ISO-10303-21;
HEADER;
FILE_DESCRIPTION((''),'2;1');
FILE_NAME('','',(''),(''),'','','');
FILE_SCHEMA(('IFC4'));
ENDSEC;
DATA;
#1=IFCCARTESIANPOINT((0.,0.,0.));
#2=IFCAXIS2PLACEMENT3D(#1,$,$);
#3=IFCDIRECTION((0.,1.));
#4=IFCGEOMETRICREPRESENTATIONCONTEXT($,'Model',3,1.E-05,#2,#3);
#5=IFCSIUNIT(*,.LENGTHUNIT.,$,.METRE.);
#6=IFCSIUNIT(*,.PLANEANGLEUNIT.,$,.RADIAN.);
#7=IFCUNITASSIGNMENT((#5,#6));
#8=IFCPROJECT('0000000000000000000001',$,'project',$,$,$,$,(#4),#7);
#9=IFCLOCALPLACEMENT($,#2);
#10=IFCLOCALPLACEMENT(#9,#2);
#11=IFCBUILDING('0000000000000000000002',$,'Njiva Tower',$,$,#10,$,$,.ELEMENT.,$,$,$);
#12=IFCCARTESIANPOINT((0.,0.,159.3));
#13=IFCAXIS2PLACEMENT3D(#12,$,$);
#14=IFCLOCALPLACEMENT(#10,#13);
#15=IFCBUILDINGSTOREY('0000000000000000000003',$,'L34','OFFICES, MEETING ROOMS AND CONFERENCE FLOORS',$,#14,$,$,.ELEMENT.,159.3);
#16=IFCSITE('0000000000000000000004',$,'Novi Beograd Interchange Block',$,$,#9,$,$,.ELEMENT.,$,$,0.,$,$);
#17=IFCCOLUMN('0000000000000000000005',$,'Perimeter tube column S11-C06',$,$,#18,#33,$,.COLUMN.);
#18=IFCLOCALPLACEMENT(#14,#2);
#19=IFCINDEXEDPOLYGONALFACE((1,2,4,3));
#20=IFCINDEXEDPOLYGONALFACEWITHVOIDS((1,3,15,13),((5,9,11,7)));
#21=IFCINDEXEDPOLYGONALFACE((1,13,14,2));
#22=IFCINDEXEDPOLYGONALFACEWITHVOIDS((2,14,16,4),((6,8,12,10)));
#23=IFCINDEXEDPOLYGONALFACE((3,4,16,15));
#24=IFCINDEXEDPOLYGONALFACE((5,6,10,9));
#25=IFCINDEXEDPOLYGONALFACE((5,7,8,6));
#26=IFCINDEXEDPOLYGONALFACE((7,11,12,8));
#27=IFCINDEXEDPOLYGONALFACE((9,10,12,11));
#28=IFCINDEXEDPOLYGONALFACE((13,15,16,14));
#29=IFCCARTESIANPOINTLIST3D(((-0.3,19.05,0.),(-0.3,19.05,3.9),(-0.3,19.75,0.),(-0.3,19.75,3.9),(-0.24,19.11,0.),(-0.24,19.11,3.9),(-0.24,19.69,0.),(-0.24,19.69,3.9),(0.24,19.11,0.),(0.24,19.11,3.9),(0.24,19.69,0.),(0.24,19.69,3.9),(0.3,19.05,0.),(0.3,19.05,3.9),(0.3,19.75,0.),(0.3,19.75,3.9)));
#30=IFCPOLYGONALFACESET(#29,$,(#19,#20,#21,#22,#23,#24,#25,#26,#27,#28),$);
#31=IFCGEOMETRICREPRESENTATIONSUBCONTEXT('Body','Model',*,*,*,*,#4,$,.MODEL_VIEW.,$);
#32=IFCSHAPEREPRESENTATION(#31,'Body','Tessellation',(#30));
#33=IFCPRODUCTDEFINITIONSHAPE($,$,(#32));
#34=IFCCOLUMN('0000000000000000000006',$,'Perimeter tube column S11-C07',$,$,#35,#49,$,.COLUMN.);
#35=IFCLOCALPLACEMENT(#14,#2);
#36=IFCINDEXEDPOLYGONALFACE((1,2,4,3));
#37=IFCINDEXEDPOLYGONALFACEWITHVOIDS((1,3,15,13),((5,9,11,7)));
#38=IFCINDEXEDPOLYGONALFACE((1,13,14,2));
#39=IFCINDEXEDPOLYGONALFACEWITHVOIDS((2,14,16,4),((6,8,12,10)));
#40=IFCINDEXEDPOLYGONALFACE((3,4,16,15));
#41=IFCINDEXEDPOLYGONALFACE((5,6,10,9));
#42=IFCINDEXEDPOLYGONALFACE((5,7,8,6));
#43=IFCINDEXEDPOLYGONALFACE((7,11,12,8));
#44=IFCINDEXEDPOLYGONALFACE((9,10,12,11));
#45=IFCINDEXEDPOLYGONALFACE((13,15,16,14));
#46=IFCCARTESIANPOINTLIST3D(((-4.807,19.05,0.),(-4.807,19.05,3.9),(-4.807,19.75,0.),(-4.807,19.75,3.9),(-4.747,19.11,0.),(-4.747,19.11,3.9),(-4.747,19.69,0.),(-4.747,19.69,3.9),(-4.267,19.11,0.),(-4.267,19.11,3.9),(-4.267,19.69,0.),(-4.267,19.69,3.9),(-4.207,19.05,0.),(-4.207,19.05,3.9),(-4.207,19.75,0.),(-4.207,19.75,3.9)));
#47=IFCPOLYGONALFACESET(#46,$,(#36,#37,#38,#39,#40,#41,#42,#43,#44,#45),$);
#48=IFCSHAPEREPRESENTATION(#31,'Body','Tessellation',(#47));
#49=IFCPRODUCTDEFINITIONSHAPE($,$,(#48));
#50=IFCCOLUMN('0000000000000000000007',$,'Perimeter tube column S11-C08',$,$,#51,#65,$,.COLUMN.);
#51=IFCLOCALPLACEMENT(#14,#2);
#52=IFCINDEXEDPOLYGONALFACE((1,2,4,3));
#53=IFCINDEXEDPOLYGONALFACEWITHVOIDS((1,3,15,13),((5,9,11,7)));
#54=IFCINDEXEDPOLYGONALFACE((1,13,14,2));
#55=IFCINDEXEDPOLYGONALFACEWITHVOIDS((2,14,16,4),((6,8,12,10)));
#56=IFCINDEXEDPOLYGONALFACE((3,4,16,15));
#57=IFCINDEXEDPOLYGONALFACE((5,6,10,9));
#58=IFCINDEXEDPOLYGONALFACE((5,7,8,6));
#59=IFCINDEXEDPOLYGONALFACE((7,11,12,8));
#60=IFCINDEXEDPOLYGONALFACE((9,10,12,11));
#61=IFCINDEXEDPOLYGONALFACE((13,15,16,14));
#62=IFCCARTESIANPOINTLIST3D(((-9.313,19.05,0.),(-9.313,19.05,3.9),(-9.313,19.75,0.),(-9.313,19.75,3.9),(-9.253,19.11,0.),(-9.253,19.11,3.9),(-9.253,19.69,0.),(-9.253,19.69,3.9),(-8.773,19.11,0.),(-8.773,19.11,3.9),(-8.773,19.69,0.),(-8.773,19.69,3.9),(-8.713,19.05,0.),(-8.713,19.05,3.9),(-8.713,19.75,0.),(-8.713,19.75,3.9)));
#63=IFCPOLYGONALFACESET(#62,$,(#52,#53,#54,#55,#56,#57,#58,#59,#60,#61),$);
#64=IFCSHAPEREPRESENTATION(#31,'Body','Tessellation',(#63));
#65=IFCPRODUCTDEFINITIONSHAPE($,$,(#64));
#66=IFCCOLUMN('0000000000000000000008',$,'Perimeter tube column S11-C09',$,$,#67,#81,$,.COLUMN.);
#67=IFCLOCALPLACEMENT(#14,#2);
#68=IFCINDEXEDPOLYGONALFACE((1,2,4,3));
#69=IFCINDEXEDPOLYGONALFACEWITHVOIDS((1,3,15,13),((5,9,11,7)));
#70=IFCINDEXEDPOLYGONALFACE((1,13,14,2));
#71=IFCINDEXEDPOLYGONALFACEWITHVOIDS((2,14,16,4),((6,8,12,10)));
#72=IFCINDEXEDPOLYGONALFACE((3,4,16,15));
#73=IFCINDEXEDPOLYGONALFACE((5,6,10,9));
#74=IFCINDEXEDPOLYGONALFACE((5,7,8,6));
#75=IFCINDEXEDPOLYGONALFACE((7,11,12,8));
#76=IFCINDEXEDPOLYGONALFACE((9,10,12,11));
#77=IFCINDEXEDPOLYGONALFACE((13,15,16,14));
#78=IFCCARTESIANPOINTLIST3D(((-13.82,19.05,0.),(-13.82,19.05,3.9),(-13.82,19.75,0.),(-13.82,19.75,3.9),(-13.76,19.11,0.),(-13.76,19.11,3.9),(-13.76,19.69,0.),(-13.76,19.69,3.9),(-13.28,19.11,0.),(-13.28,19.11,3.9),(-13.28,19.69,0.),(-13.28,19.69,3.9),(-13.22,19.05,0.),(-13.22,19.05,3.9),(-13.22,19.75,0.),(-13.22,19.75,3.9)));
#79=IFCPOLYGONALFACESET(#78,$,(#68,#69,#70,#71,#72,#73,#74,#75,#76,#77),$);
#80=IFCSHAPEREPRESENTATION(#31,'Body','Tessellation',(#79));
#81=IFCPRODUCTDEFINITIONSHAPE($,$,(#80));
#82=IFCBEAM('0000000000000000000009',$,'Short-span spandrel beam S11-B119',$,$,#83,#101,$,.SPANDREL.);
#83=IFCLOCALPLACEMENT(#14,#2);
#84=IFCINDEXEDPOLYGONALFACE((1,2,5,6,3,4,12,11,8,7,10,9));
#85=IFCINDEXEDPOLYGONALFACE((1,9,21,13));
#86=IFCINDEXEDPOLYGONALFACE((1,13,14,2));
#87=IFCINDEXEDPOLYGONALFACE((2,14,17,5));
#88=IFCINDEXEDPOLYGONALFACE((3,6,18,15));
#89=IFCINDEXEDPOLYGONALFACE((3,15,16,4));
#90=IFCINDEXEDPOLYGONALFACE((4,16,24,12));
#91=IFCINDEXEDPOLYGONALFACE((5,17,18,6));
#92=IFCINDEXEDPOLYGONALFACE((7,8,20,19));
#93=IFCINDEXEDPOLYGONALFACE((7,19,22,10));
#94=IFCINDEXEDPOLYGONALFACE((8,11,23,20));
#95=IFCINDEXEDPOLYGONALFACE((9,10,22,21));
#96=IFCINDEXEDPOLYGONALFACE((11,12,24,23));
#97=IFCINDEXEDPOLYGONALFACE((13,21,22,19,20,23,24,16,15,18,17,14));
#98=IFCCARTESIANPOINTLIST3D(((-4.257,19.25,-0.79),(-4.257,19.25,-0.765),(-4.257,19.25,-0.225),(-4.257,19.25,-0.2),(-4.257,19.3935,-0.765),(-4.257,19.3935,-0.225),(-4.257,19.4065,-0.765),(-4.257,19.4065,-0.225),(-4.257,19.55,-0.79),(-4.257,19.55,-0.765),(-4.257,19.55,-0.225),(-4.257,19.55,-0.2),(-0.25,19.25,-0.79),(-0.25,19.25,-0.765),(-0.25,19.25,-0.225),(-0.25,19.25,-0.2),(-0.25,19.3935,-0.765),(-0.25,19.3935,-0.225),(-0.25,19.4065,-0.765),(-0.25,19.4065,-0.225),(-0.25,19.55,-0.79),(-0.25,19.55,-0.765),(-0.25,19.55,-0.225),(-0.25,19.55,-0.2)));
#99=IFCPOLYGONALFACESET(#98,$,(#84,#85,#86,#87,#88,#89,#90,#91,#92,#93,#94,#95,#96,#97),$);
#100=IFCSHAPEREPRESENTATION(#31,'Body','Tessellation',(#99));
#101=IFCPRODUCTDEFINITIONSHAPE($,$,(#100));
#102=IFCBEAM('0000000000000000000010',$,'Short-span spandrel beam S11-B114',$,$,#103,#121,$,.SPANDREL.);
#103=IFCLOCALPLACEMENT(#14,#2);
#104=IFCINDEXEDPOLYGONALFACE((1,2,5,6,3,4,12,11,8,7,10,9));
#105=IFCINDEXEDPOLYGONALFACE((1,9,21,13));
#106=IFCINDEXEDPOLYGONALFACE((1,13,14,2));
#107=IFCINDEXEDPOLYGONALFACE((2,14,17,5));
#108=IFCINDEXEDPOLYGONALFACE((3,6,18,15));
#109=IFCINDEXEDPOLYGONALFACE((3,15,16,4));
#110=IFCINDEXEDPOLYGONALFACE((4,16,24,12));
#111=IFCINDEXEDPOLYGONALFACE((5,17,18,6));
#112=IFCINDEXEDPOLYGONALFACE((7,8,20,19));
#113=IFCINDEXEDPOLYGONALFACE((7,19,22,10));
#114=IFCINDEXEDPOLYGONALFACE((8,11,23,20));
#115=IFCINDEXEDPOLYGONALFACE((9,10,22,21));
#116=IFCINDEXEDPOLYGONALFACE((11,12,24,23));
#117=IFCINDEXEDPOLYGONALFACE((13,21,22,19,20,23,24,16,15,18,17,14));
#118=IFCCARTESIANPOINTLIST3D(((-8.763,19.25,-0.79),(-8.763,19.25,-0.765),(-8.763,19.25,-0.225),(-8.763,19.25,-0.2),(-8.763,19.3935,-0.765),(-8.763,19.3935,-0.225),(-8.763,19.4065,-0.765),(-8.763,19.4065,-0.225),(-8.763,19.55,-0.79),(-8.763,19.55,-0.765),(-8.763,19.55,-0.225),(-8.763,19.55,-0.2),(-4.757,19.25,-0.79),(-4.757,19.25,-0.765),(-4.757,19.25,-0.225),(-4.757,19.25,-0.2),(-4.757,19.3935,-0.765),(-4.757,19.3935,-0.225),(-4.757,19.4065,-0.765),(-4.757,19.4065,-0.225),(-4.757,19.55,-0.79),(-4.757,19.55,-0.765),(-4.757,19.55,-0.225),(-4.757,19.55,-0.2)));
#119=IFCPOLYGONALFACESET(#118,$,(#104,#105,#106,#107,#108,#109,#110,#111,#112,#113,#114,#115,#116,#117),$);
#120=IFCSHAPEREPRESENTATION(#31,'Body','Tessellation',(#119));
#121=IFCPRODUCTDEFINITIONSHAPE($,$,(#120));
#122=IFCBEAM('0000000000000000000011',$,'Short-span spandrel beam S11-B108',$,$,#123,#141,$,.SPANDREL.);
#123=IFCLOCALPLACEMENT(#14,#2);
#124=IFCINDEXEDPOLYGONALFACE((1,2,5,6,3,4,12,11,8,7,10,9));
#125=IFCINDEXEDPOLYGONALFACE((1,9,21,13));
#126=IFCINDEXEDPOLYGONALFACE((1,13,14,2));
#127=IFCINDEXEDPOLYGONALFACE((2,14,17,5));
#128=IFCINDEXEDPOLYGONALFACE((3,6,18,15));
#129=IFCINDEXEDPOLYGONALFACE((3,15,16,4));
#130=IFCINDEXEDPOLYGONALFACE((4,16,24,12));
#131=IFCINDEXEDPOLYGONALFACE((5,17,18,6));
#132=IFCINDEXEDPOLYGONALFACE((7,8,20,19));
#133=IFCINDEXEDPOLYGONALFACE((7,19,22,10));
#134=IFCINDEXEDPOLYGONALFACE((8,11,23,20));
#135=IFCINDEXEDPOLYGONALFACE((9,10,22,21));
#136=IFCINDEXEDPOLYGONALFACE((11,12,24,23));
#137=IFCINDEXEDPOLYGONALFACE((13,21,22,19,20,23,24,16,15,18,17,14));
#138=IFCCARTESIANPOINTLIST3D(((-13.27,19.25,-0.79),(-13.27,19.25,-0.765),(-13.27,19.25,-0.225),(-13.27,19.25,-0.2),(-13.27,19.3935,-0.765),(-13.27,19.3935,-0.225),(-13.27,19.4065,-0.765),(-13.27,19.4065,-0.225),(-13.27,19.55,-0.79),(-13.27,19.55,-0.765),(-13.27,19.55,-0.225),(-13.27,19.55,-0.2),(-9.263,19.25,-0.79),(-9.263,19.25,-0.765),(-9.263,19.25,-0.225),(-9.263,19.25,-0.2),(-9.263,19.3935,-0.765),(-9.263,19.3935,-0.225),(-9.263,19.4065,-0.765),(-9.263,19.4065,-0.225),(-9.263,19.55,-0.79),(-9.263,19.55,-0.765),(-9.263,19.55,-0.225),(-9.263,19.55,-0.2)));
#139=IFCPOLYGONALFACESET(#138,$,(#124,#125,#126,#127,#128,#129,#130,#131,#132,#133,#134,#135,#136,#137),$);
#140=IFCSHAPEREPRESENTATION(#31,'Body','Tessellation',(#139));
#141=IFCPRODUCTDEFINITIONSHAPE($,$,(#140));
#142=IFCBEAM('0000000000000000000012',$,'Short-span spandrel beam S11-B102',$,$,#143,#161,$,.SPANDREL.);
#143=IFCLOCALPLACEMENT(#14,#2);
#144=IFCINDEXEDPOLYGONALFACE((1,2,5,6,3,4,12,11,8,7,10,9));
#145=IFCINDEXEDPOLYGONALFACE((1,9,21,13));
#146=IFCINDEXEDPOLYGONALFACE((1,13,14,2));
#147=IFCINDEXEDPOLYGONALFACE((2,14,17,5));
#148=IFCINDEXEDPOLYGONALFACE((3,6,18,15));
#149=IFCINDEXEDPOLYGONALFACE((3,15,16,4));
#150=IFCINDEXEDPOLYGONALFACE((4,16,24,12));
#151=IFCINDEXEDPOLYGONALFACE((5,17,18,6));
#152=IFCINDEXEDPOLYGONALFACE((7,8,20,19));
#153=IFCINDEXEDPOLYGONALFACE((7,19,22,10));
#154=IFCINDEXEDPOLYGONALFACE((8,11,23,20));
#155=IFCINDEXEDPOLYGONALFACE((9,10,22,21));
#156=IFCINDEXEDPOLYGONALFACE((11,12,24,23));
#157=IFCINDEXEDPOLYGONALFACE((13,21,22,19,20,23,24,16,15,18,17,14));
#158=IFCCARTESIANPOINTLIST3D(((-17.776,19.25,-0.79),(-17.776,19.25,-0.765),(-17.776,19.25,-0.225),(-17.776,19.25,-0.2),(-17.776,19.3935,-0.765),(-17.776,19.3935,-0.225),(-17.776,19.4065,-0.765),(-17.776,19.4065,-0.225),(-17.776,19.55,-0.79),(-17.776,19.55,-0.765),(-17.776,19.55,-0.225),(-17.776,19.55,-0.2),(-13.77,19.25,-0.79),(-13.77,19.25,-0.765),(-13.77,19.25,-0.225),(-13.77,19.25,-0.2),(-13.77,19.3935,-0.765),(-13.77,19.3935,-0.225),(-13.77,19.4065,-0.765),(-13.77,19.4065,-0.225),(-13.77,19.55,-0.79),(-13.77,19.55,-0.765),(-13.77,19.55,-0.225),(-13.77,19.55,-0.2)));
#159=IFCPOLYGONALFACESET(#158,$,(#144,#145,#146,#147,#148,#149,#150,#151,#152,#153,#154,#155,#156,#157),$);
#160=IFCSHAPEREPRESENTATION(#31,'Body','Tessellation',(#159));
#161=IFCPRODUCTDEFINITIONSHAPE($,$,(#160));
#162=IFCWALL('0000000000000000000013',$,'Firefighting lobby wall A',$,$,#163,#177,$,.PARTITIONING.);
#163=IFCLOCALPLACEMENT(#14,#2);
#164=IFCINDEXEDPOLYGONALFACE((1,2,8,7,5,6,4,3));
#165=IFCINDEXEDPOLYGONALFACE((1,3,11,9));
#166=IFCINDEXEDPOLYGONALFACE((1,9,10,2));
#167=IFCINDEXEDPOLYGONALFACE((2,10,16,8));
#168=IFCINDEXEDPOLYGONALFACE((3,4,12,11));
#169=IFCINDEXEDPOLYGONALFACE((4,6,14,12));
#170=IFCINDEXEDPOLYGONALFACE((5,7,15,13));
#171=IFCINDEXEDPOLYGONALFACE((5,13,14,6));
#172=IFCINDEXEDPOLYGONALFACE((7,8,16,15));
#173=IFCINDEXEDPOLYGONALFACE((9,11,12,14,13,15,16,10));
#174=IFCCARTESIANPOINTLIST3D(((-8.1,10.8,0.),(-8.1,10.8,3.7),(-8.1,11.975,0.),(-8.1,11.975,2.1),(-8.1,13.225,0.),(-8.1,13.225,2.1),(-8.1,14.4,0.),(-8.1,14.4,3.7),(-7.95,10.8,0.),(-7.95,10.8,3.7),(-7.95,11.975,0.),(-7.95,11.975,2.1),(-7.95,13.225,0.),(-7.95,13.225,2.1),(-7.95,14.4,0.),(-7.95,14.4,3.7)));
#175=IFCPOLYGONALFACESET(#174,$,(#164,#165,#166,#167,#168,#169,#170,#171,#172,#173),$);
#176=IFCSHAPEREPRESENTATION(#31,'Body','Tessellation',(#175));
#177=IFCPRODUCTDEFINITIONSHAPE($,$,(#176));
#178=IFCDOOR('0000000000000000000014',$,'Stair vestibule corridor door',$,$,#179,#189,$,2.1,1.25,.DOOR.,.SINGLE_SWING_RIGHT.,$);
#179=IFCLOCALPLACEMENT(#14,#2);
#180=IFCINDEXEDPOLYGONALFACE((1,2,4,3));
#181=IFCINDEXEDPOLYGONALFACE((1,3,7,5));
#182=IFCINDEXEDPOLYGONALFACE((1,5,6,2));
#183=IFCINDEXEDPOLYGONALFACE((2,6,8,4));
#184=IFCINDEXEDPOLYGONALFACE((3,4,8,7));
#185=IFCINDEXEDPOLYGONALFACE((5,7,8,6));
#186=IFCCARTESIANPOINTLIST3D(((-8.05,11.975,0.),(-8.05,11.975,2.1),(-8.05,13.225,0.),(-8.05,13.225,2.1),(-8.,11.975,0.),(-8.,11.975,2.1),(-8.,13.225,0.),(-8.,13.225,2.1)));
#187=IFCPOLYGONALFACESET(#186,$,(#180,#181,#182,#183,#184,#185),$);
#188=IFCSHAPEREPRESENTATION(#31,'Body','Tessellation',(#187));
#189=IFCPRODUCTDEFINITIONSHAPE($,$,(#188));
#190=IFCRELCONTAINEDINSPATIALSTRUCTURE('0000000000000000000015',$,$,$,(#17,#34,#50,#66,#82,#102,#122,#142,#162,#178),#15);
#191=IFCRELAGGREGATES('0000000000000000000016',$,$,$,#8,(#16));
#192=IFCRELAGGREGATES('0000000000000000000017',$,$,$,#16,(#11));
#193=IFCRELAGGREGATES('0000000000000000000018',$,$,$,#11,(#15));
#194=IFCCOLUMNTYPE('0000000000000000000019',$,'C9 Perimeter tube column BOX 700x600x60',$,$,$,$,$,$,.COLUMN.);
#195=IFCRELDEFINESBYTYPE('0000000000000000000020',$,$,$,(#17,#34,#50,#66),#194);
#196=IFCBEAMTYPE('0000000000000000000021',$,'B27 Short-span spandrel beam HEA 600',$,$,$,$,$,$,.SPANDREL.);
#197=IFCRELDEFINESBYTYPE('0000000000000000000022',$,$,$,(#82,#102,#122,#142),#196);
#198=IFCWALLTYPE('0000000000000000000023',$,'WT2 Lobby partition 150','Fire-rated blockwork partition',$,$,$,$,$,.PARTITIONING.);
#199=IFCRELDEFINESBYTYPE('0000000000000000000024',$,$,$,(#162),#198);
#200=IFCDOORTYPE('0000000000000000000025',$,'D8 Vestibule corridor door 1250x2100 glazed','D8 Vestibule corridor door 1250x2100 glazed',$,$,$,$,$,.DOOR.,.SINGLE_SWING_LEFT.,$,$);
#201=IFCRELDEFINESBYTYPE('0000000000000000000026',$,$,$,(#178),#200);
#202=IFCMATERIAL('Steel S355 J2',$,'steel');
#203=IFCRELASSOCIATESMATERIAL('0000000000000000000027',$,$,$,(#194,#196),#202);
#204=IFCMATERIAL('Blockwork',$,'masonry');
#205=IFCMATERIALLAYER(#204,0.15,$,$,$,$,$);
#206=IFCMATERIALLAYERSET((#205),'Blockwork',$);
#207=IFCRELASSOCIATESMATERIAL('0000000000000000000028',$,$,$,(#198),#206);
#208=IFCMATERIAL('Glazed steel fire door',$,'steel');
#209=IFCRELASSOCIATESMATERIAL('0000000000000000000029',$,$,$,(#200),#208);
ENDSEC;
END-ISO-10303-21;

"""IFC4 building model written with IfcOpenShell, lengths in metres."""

from ifc_helpers import new_model, si_unit, direction, frame, frame_2d, origin, origin_2d, place, context, subcontext, project, spatial, rectangle, hollow_rectangle, i_section, extrude, material, layer, layer_set, material_profile, profile_set, type_object, element, fill, save


model = new_model("IFC4")

# Units and contexts
model_context = context("Model", 3, precision=1e-05, world=origin(), true_north=direction((0.0, 1.0)))
body_context = subcontext(model_context, "Body", "Model", "MODEL_VIEW")
ifc_project = project(units=[si_unit("LENGTHUNIT", "METRE"), si_unit("PLANEANGLEUNIT", "RADIAN")], contexts=[model_context])

# Site, building, storey
site_placement = place(None, origin())
site = spatial("IfcSite", under=ifc_project, at=site_placement, Name="Novi Beograd Interchange Block", CompositionType="ELEMENT", RefElevation=0.0)
building_placement = place(site_placement, origin())
building = spatial("IfcBuilding", under=site, at=building_placement, Name="Njiva Tower", CompositionType="ELEMENT")
storey_placement = place(building_placement, frame((0.0, 0.0, 159.3)))
storey = spatial("IfcBuildingStorey", under=building, at=storey_placement, Name="L34", Description="OFFICES, MEETING ROOMS AND CONFERENCE FLOORS", CompositionType="ELEMENT", Elevation=159.3)

# Columns
ifc_material_1 = material(Name="Steel S355 J2", Category="steel")
ifc_material_profile_1 = material_profile(ifc_material_1, hollow_rectangle(XDim=0.6, YDim=0.7, WallThickness=0.06, at=origin_2d()), Name="BOX 700x600x60")
ifc_profile_set_1 = profile_set([ifc_material_profile_1], Name="Steel S355 J2")
column_type = type_object("IfcColumnType", Name="C9 Perimeter tube column BOX 700x600x60", PredefinedType="COLUMN", material=ifc_profile_set_1)
for number, where, z_axis, x_axis, name in (
    (1, (0.0, 19.4, 0.0), (0.0, 0.0, 1.0), (-1.0, 0.0, 0.0), "Perimeter tube column S11-C06"),
    (2, (-4.507, 19.4, 0.0), (0.0, 0.0, 1.0), (-1.0, 0.0, 0.0), "Perimeter tube column S11-C07"),
    (3, (-9.013, 19.4, 0.0), (0.0, 0.0, 1.0), (-1.0, 0.0, 0.0), "Perimeter tube column S11-C08"),
    (4, (-13.52, 19.4, 0.0), (0.0, 0.0, 1.0), (-1.0, 0.0, 0.0), "Perimeter tube column S11-C09"),
):
    element("IfcColumn", number, at=place(storey_placement, frame(where, z_axis=z_axis, x_axis=x_axis)), inside=storey, type_object=column_type, Name=name, PredefinedType="COLUMN", context=body_context, shape_type="SweptSolid", body=[
        extrude(hollow_rectangle(XDim=0.6, YDim=0.7, WallThickness=0.06, at=origin_2d()), origin(), (0.0, 0.0, 1.0), 3.9),
    ])

# Beams
ifc_material_profile_2 = material_profile(ifc_material_1, i_section(OverallWidth=0.3, OverallDepth=0.59, WebThickness=0.013, FlangeThickness=0.025, at=origin_2d()), Name="HEA 600")
ifc_profile_set_2 = profile_set([ifc_material_profile_2], Name="Steel S355 J2")
beam_type = type_object("IfcBeamType", Name="B27 Short-span spandrel beam HEA 600", PredefinedType="SPANDREL", material=ifc_profile_set_2)
beam_1_placement = place(storey_placement, frame((-0.25, 19.4, -0.495), z_axis=(-1.0, 0.0, 0.0), x_axis=(0.0, -1.0, 0.0)))
element("IfcBeam", 5, at=beam_1_placement, inside=storey, type_object=beam_type, Name="Short-span spandrel beam S11-B119", PredefinedType="SPANDREL", context=body_context, shape_type="SweptSolid", body=[
    extrude(i_section(OverallWidth=0.3, OverallDepth=0.59, WebThickness=0.013, FlangeThickness=0.025, at=origin_2d()), origin(), (0.0, 0.0, 1.0), 4.007),
])
beam_2_placement = place(storey_placement, frame((-4.757, 19.4, -0.495), z_axis=(-1.0, 0.0, 0.0), x_axis=(0.0, -1.0, 0.0)))
element("IfcBeam", 6, at=beam_2_placement, inside=storey, type_object=beam_type, Name="Short-span spandrel beam S11-B114", PredefinedType="SPANDREL", context=body_context, shape_type="SweptSolid", body=[
    extrude(i_section(OverallWidth=0.3, OverallDepth=0.59, WebThickness=0.013, FlangeThickness=0.025, at=origin_2d()), origin(), (0.0, 0.0, 1.0), 4.006),
])
beam_3_placement = place(storey_placement, frame((-9.263, 19.4, -0.495), z_axis=(-1.0, 0.0, 0.0), x_axis=(0.0, -1.0, 0.0)))
element("IfcBeam", 7, at=beam_3_placement, inside=storey, type_object=beam_type, Name="Short-span spandrel beam S11-B108", PredefinedType="SPANDREL", context=body_context, shape_type="SweptSolid", body=[
    extrude(i_section(OverallWidth=0.3, OverallDepth=0.59, WebThickness=0.013, FlangeThickness=0.025, at=origin_2d()), origin(), (0.0, 0.0, 1.0), 4.007),
])
beam_4_placement = place(storey_placement, frame((-13.77, 19.4, -0.495), z_axis=(-1.0, 0.0, 0.0), x_axis=(0.0, -1.0, 0.0)))
element("IfcBeam", 8, at=beam_4_placement, inside=storey, type_object=beam_type, Name="Short-span spandrel beam S11-B102", PredefinedType="SPANDREL", context=body_context, shape_type="SweptSolid", body=[
    extrude(i_section(OverallWidth=0.3, OverallDepth=0.59, WebThickness=0.013, FlangeThickness=0.025, at=origin_2d()), origin(), (0.0, 0.0, 1.0), 4.006),
])

# Wall, opening, door
ifc_material_2 = material(Name="Blockwork", Category="masonry")
ifc_layer_1 = layer(ifc_material_2, 0.15)
ifc_layer_set_1 = layer_set([ifc_layer_1], Name="Blockwork")
wall_type_1 = type_object("IfcWallType", Name="WT2 Lobby partition 150", Description="Fire-rated blockwork partition", PredefinedType="PARTITIONING", material=ifc_layer_set_1)
wall_1_placement = place(storey_placement, frame((-8.025, 10.8, 0.0), z_axis=(0.0, 0.0, 1.0), x_axis=(0.0, 1.0, 0.0)))
wall_1 = element("IfcWall", 9, at=wall_1_placement, inside=storey, type_object=wall_type_1, Name="Firefighting lobby wall A", PredefinedType="PARTITIONING", context=body_context, shape_type="SweptSolid", body=[
    extrude(rectangle(XDim=3.6, YDim=0.15, at=frame_2d((1.8, 0.0))), origin(), (0.0, 0.0, 1.0), 3.7),
])
opening_1_placement = place(wall_1_placement, frame((1.175, 0.0, 0.0)))
opening_1 = element("IfcOpeningElement", 10, at=opening_1_placement, cuts=wall_1, PredefinedType="OPENING", context=body_context, shape_type="SweptSolid", body=[
    extrude(rectangle(XDim=1.25, YDim=2.1, at=frame_2d((0.625, 1.05))), frame((0.0, 0.085, 0.0), z_axis=(0.0, -1.0, 0.0), x_axis=(1.0, 0.0, 0.0)), (0.0, 0.0, 1.0), 0.17),
])
ifc_material_3 = material(Name="Glazed steel fire door", Category="steel")
door_type_1 = type_object("IfcDoorType", Name="D8 Vestibule corridor door 1250x2100 glazed", Description="D8 Vestibule corridor door 1250x2100 glazed", OperationType="SINGLE_SWING_LEFT", PredefinedType="DOOR", material=ifc_material_3)
door_1_placement = place(opening_1_placement, origin())
door_1 = element("IfcDoor", 11, at=door_1_placement, inside=storey, type_object=door_type_1, Name="Stair vestibule corridor door", OperationType="SINGLE_SWING_RIGHT", OverallHeight=2.1, OverallWidth=1.25, PredefinedType="DOOR", context=body_context, shape_type="SweptSolid", body=[
    extrude(rectangle(XDim=1.25, YDim=2.1, at=frame_2d((0.625, 1.05))), frame((0.0, 0.025, 0.0), z_axis=(0.0, -1.0, 0.0), x_axis=(1.0, 0.0, 0.0)), (0.0, 0.0, 1.0), 0.05),
])
fill(opening_1, door_1)

save(model, "model.ifc")
